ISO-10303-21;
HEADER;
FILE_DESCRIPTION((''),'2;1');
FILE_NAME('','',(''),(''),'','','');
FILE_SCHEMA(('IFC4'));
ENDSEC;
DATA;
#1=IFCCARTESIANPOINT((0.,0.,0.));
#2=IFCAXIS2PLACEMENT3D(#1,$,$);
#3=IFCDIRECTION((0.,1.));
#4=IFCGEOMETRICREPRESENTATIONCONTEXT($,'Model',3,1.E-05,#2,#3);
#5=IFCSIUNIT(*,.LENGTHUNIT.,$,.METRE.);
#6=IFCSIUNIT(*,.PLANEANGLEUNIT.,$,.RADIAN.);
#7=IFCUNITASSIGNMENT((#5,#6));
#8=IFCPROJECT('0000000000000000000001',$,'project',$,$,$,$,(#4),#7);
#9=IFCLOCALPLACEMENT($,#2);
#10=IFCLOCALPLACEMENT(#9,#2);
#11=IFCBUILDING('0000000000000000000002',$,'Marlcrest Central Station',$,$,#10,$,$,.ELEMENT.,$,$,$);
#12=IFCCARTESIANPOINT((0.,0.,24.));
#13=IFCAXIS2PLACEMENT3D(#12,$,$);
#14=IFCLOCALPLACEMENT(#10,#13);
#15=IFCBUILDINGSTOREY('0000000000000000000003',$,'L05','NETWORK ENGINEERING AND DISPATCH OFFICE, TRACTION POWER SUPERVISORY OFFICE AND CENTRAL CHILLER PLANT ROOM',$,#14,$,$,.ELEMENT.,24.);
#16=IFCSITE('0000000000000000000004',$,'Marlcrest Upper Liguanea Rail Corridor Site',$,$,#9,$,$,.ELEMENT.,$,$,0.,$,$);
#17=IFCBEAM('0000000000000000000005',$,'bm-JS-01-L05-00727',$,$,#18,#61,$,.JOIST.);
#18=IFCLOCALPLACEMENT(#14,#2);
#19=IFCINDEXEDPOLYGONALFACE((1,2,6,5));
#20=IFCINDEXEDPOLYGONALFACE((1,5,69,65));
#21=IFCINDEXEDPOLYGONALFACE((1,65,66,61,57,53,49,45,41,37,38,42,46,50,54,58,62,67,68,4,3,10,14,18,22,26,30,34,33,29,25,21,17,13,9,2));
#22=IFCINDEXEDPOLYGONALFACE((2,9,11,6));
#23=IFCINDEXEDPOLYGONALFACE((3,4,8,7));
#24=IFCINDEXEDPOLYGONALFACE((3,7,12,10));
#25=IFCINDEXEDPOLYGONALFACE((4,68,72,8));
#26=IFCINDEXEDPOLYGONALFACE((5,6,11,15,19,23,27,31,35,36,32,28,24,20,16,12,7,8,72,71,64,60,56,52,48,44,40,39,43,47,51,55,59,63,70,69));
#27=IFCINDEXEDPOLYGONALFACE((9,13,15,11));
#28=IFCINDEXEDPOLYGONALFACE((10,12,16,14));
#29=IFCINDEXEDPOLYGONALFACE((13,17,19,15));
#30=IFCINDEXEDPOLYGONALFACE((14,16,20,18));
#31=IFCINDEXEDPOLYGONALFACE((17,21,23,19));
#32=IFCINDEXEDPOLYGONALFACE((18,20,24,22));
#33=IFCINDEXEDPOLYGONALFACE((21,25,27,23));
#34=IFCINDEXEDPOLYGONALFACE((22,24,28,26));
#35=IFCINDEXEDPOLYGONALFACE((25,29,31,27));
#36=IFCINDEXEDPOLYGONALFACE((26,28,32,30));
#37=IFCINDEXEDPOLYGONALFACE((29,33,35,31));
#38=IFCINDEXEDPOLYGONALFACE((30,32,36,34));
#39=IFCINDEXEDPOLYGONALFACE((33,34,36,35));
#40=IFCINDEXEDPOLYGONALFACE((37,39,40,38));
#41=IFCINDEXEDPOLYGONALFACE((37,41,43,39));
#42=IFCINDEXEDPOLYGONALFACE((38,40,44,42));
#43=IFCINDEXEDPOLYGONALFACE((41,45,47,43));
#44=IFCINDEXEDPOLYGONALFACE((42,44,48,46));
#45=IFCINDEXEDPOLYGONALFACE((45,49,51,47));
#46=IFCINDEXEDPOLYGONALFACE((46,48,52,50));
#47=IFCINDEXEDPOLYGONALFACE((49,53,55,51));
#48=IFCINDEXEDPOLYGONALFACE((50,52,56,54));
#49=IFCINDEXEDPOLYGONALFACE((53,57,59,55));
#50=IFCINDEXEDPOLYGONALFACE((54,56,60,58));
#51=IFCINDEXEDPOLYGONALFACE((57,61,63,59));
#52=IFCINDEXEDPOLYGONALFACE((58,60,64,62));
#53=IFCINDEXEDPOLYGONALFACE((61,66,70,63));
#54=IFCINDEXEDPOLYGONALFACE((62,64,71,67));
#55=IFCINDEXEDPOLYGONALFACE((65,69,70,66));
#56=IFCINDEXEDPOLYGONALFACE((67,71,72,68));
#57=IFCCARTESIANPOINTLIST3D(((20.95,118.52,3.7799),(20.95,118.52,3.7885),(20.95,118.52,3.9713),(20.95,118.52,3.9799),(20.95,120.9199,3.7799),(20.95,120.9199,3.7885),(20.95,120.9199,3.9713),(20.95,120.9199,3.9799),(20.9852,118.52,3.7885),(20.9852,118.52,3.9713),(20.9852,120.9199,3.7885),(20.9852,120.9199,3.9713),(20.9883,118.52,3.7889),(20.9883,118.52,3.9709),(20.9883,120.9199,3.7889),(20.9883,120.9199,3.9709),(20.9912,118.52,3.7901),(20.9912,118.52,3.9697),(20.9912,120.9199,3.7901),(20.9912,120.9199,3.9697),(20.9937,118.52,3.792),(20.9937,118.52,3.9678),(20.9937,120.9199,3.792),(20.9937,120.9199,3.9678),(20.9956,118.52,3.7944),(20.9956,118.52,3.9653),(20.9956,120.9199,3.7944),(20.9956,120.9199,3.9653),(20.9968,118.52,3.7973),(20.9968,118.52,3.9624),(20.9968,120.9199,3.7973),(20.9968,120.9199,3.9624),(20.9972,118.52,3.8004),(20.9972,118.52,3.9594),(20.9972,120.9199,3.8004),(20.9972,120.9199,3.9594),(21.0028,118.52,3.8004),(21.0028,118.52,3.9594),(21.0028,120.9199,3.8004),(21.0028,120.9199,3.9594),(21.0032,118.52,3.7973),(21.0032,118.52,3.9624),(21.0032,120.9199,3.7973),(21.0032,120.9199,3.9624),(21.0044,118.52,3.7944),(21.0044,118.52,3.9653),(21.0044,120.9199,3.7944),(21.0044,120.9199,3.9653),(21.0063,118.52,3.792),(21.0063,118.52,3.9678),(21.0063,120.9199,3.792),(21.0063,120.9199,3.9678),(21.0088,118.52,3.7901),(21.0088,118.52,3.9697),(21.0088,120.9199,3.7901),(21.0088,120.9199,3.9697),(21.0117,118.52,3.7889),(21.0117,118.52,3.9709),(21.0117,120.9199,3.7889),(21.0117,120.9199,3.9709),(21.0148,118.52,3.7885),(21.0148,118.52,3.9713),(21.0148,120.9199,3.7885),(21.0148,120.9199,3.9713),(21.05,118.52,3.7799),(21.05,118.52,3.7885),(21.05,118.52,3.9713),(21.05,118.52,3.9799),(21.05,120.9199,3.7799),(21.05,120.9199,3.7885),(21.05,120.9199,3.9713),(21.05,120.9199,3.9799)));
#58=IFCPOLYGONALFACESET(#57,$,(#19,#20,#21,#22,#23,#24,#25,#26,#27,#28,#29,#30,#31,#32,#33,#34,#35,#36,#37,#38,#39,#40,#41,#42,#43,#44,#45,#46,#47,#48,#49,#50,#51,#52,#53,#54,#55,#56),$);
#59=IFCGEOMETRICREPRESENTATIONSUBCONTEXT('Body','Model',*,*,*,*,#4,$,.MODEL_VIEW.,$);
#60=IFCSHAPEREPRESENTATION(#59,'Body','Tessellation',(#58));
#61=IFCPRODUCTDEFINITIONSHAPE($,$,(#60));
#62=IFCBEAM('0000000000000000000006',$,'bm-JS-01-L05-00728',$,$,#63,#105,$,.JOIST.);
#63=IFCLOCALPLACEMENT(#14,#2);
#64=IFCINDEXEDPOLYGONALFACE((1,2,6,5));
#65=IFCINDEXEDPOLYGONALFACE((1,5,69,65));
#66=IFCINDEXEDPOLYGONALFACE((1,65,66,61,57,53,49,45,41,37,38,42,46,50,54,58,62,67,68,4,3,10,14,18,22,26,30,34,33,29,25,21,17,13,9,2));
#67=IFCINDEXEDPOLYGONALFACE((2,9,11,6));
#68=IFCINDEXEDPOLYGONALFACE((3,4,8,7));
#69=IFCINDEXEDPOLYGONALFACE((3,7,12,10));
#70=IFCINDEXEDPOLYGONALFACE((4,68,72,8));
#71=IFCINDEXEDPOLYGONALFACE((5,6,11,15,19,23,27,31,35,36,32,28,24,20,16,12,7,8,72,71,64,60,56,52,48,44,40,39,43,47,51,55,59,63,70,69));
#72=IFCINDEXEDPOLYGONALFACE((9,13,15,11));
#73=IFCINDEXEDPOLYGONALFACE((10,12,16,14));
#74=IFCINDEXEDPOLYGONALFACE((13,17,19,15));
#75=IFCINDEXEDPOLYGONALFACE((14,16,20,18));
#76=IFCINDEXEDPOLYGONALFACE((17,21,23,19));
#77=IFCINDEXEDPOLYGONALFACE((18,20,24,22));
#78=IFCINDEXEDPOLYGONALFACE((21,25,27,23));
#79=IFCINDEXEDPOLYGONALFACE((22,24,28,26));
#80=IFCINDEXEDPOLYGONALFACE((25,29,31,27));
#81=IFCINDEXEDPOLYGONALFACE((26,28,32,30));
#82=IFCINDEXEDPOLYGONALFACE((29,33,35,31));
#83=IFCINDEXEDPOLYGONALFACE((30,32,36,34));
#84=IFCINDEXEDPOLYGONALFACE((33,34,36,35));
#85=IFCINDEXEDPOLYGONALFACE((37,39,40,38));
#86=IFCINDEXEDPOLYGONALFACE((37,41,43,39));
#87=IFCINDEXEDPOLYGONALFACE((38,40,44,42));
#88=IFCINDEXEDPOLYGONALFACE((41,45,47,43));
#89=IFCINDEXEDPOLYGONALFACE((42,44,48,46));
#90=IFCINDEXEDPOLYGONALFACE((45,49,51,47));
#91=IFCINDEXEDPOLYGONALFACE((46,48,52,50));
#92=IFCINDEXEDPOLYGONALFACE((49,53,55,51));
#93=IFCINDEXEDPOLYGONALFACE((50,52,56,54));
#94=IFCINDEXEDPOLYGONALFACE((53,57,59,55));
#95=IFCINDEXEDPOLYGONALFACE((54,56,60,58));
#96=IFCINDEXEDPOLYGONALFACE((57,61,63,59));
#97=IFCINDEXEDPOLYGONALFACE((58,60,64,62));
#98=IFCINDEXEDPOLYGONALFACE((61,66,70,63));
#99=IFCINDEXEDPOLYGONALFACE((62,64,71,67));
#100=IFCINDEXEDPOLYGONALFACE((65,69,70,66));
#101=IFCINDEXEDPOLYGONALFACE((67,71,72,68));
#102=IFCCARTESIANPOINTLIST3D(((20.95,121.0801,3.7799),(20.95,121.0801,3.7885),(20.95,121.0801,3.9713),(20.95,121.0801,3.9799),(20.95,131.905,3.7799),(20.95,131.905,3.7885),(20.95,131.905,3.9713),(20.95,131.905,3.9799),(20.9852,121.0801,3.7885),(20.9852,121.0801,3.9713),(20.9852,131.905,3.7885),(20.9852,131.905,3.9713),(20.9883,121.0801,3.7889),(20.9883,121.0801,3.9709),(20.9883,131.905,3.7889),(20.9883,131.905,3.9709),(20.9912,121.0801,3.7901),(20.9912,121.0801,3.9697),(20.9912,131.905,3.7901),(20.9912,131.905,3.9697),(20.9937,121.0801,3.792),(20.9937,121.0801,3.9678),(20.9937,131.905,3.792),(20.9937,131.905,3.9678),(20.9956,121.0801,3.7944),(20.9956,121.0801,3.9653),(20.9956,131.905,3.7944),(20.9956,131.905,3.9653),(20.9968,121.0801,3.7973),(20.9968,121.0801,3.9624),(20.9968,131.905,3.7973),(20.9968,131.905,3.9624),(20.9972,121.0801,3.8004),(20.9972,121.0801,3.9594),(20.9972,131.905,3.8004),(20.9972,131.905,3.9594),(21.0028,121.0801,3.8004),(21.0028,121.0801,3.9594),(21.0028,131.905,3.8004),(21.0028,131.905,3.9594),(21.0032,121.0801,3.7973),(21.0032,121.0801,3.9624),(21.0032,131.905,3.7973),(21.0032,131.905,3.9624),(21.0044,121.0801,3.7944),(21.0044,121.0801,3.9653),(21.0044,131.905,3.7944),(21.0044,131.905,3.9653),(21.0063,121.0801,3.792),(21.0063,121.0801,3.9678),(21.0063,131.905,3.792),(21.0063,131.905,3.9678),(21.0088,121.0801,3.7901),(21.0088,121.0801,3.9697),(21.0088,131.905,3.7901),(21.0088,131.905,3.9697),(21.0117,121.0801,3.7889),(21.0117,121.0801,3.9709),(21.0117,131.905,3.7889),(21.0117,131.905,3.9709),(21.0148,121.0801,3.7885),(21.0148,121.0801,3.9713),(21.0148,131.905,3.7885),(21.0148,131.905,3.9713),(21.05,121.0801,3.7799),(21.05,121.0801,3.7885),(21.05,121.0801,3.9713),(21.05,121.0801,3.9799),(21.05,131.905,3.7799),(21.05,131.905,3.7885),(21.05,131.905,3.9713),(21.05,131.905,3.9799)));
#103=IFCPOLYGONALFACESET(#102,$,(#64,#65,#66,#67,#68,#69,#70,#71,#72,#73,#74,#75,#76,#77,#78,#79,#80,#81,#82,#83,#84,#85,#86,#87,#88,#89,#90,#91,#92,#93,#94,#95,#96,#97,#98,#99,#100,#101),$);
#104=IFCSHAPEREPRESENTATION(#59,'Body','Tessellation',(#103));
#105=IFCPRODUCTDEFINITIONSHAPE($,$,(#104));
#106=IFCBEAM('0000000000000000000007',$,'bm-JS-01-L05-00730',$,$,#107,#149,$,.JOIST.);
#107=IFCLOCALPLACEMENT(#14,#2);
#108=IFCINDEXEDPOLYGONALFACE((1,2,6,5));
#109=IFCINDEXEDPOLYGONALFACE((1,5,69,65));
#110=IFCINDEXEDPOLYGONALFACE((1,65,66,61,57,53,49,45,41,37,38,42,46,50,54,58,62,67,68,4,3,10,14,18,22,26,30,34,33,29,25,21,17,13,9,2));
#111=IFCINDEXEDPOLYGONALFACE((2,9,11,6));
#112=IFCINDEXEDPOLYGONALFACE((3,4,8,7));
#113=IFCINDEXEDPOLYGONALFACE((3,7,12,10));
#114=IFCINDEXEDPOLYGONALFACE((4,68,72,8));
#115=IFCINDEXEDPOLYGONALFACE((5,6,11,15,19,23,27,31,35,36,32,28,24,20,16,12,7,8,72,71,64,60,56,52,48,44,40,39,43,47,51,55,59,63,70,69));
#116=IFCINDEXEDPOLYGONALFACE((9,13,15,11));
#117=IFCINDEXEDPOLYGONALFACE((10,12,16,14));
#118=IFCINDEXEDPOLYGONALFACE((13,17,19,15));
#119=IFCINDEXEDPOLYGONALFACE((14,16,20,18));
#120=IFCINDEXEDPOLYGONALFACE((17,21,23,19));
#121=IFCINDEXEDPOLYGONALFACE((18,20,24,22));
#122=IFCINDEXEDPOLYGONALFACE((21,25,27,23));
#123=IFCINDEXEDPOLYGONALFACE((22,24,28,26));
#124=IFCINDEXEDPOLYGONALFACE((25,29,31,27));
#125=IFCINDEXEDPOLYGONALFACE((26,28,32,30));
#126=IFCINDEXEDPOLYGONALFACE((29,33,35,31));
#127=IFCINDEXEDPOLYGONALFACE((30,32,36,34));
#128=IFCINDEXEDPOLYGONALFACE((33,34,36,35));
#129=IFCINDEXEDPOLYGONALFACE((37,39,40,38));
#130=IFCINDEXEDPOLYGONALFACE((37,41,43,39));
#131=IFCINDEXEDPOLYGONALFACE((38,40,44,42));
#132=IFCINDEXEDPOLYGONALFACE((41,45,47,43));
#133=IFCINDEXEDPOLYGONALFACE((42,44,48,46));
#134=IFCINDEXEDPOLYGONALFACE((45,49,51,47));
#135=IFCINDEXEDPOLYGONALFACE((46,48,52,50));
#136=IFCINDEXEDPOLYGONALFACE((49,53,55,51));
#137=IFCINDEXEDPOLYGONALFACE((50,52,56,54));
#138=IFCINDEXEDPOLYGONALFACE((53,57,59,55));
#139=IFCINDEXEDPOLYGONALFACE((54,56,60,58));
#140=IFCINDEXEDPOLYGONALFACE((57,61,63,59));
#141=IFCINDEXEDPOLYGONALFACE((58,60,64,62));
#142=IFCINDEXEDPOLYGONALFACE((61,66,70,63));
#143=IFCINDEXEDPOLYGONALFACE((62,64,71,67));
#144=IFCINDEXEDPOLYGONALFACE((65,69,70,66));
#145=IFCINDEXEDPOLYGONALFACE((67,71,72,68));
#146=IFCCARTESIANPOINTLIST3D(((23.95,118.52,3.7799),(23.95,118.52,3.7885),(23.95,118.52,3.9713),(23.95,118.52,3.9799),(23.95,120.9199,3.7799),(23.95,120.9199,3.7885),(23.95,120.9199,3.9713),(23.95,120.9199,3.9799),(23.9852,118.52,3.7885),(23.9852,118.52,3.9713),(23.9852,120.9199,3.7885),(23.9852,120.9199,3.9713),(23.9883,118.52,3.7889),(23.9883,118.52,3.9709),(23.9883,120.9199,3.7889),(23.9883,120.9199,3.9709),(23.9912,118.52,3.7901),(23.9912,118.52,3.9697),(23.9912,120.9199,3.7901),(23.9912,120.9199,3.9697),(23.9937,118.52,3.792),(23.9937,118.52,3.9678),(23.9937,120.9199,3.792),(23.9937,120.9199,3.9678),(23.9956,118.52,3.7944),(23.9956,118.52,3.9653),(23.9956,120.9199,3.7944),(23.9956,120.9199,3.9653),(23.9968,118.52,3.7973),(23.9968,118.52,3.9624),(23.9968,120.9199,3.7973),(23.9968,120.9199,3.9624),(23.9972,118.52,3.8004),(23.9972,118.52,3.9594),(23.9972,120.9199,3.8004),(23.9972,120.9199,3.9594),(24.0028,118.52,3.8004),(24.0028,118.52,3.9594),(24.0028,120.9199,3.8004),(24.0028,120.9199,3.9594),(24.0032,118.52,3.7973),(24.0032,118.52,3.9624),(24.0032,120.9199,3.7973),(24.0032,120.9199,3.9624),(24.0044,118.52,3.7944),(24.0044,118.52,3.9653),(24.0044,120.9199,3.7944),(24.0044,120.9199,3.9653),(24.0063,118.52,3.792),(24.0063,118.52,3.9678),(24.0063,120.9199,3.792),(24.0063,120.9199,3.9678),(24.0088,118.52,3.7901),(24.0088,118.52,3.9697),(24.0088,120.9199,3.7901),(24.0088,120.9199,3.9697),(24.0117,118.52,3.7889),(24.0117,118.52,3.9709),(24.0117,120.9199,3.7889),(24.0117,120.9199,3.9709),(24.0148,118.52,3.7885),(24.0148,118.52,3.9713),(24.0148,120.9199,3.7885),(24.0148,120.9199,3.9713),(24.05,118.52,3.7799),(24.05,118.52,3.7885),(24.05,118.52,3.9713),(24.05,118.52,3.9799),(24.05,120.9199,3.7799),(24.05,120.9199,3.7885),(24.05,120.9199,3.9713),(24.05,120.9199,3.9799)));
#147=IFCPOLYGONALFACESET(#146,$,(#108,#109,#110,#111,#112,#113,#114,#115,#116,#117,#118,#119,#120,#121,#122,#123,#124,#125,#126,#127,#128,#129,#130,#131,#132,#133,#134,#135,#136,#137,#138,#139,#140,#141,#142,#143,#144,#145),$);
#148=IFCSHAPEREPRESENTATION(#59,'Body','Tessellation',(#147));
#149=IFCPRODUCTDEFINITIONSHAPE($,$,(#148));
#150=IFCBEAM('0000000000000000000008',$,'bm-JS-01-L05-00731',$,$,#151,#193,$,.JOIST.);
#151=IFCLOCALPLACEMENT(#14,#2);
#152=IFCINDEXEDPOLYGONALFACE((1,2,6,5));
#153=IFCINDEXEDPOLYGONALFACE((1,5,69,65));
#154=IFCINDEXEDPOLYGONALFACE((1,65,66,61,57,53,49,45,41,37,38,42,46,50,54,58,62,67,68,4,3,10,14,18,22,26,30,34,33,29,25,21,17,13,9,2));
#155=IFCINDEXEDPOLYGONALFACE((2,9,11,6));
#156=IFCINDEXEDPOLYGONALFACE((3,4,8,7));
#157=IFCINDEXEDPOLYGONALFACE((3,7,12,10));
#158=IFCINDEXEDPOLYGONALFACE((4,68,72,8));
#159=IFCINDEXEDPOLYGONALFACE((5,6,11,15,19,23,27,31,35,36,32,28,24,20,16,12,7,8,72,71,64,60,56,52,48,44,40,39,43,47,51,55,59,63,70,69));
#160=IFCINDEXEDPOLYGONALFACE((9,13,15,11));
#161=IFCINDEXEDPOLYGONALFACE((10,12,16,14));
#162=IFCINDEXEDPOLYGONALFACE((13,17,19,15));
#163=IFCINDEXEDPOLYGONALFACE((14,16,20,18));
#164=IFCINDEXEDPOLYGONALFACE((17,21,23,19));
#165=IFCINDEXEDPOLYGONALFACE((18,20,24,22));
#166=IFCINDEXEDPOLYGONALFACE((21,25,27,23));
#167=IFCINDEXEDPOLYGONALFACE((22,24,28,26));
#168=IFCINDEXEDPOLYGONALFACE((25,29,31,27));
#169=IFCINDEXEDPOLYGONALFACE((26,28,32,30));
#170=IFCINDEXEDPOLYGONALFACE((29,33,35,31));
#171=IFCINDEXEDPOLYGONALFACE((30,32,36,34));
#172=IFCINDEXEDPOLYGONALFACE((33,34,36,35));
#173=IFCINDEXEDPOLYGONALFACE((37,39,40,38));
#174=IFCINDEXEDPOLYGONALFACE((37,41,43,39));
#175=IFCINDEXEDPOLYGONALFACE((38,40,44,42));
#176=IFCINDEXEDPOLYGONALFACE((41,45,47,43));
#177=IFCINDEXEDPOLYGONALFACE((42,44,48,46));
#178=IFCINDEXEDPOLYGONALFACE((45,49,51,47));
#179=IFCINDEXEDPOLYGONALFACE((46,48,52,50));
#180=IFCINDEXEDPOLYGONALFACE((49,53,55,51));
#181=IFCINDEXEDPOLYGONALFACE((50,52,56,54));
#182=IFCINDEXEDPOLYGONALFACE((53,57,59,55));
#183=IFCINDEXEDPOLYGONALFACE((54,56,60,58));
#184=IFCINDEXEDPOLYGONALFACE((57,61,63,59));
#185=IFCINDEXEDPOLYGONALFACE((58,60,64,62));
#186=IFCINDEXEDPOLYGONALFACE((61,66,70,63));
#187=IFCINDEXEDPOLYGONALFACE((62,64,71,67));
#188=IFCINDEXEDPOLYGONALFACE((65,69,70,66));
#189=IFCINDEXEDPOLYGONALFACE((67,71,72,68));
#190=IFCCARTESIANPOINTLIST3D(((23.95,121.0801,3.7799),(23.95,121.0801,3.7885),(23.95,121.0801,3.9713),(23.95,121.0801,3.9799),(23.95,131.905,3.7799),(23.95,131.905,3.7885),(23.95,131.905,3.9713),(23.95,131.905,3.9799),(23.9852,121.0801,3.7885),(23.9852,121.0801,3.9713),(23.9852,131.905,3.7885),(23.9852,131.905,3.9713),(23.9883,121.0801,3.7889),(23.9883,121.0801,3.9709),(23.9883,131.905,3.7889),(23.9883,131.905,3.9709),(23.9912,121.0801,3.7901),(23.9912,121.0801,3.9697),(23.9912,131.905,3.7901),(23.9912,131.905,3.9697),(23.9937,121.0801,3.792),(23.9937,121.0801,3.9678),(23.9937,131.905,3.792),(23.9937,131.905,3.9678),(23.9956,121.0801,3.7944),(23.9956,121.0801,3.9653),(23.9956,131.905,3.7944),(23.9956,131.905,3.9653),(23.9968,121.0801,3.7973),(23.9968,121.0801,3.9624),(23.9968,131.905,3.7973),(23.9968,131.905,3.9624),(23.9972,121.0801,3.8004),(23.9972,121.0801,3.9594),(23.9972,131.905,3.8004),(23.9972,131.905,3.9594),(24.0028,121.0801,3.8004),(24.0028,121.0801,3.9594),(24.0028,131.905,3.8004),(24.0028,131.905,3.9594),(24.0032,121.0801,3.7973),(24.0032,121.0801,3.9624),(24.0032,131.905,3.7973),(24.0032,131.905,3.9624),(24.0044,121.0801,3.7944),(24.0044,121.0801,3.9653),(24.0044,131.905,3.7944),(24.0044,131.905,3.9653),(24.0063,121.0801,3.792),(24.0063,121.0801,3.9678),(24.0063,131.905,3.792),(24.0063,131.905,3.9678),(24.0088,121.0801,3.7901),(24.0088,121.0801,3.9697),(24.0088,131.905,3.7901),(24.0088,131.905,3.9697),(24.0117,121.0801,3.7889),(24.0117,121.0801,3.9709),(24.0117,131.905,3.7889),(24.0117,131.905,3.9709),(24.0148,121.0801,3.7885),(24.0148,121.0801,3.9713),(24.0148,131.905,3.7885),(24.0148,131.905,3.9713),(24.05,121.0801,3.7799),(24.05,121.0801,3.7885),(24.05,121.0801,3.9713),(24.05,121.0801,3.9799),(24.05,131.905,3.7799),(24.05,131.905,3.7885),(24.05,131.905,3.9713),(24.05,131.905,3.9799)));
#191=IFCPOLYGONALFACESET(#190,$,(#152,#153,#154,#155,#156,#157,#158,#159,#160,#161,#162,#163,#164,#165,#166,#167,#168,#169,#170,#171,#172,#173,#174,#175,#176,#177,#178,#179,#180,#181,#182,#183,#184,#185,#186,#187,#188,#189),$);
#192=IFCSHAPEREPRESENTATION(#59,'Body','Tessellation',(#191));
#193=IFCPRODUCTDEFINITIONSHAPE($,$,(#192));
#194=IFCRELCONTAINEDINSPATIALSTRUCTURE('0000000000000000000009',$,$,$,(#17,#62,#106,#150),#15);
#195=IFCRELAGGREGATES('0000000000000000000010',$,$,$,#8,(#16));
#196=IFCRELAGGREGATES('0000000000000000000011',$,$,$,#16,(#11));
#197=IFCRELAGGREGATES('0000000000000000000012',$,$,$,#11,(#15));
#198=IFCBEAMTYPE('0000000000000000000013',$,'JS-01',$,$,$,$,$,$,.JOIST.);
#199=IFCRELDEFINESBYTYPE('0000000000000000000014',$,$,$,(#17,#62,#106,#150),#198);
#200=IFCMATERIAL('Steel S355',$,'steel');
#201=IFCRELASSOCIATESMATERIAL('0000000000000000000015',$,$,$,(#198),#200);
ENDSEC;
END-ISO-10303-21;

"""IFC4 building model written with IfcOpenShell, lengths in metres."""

from ifc_helpers import new_model, si_unit, direction, frame, origin, origin_2d, place, context, subcontext, project, spatial, i_section, extrude, material, material_profile, profile_set, type_object, element, save


model = new_model("IFC4")

# Units and contexts
model_context = context("Model", 3, precision=1e-05, world=origin(), true_north=direction((0.0, 1.0)))
body_context = subcontext(model_context, "Body", "Model", "MODEL_VIEW")
ifc_project = project(units=[si_unit("LENGTHUNIT", "METRE"), si_unit("PLANEANGLEUNIT", "RADIAN")], contexts=[model_context])

# Site, building, storey
site_placement = place(None, origin())
site = spatial("IfcSite", under=ifc_project, at=site_placement, Name="Marlcrest Upper Liguanea Rail Corridor Site", CompositionType="ELEMENT", RefElevation=0.0)
building_placement = place(site_placement, origin())
building = spatial("IfcBuilding", under=site, at=building_placement, Name="Marlcrest Central Station", CompositionType="ELEMENT")
storey_placement = place(building_placement, frame((0.0, 0.0, 24.0)))
storey = spatial("IfcBuildingStorey", under=building, at=storey_placement, Name="L05", Description="NETWORK ENGINEERING AND DISPATCH OFFICE, TRACTION POWER SUPERVISORY OFFICE AND CENTRAL CHILLER PLANT ROOM", CompositionType="ELEMENT", Elevation=24.0)

# Shared definitions
ifc_material_1 = material(Name="Steel S355", Category="steel")

# Beams
ifc_material_profile_1 = material_profile(ifc_material_1, i_section(OverallWidth=0.1001, OverallDepth=0.2, WebThickness=0.0056, FlangeThickness=0.0085, FilletRadius=0.012, at=origin_2d()), Name="IPE 200")
ifc_profile_set_1 = profile_set([ifc_material_profile_1], Name="Steel S355")
beam_type_1 = type_object("IfcBeamType", Name="JS-01", PredefinedType="JOIST", material=ifc_profile_set_1)
beam_1_placement = place(storey_placement, frame((21.0, 118.52, 3.8799), z_axis=(0.0, 1.0, 0.0), x_axis=(-1.0, 0.0, 0.0)))
element("IfcBeam", 1, at=beam_1_placement, inside=storey, type_object=beam_type_1, Name="bm-JS-01-L05-00727", PredefinedType="JOIST", context=body_context, shape_type="SweptSolid", body=[
    extrude(i_section(OverallWidth=0.1001, OverallDepth=0.2, WebThickness=0.0056, FlangeThickness=0.0085, FilletRadius=0.012, at=origin_2d()), origin(), (0.0, 0.0, 1.0), 2.3999),
])
beam_2_placement = place(storey_placement, frame((21.0, 121.0801, 3.8799), z_axis=(0.0, 1.0, 0.0), x_axis=(-1.0, 0.0, 0.0)))
element("IfcBeam", 2, at=beam_2_placement, inside=storey, type_object=beam_type_1, Name="bm-JS-01-L05-00728", PredefinedType="JOIST", context=body_context, shape_type="SweptSolid", body=[
    extrude(i_section(OverallWidth=0.1001, OverallDepth=0.2, WebThickness=0.0056, FlangeThickness=0.0085, FilletRadius=0.012, at=origin_2d()), origin(), (0.0, 0.0, 1.0), 10.825),
])
beam_3_placement = place(storey_placement, frame((24.0, 118.52, 3.8799), z_axis=(0.0, 1.0, 0.0), x_axis=(-1.0, 0.0, 0.0)))
element("IfcBeam", 3, at=beam_3_placement, inside=storey, type_object=beam_type_1, Name="bm-JS-01-L05-00730", PredefinedType="JOIST", context=body_context, shape_type="SweptSolid", body=[
    extrude(i_section(OverallWidth=0.1001, OverallDepth=0.2, WebThickness=0.0056, FlangeThickness=0.0085, FilletRadius=0.012, at=origin_2d()), origin(), (0.0, 0.0, 1.0), 2.3999),
])
beam_4_placement = place(storey_placement, frame((24.0, 121.0801, 3.8799), z_axis=(0.0, 1.0, 0.0), x_axis=(-1.0, 0.0, 0.0)))
element("IfcBeam", 4, at=beam_4_placement, inside=storey, type_object=beam_type_1, Name="bm-JS-01-L05-00731", PredefinedType="JOIST", context=body_context, shape_type="SweptSolid", body=[
    extrude(i_section(OverallWidth=0.1001, OverallDepth=0.2, WebThickness=0.0056, FlangeThickness=0.0085, FilletRadius=0.012, at=origin_2d()), origin(), (0.0, 0.0, 1.0), 10.825),
])

save(model, "model.ifc")
